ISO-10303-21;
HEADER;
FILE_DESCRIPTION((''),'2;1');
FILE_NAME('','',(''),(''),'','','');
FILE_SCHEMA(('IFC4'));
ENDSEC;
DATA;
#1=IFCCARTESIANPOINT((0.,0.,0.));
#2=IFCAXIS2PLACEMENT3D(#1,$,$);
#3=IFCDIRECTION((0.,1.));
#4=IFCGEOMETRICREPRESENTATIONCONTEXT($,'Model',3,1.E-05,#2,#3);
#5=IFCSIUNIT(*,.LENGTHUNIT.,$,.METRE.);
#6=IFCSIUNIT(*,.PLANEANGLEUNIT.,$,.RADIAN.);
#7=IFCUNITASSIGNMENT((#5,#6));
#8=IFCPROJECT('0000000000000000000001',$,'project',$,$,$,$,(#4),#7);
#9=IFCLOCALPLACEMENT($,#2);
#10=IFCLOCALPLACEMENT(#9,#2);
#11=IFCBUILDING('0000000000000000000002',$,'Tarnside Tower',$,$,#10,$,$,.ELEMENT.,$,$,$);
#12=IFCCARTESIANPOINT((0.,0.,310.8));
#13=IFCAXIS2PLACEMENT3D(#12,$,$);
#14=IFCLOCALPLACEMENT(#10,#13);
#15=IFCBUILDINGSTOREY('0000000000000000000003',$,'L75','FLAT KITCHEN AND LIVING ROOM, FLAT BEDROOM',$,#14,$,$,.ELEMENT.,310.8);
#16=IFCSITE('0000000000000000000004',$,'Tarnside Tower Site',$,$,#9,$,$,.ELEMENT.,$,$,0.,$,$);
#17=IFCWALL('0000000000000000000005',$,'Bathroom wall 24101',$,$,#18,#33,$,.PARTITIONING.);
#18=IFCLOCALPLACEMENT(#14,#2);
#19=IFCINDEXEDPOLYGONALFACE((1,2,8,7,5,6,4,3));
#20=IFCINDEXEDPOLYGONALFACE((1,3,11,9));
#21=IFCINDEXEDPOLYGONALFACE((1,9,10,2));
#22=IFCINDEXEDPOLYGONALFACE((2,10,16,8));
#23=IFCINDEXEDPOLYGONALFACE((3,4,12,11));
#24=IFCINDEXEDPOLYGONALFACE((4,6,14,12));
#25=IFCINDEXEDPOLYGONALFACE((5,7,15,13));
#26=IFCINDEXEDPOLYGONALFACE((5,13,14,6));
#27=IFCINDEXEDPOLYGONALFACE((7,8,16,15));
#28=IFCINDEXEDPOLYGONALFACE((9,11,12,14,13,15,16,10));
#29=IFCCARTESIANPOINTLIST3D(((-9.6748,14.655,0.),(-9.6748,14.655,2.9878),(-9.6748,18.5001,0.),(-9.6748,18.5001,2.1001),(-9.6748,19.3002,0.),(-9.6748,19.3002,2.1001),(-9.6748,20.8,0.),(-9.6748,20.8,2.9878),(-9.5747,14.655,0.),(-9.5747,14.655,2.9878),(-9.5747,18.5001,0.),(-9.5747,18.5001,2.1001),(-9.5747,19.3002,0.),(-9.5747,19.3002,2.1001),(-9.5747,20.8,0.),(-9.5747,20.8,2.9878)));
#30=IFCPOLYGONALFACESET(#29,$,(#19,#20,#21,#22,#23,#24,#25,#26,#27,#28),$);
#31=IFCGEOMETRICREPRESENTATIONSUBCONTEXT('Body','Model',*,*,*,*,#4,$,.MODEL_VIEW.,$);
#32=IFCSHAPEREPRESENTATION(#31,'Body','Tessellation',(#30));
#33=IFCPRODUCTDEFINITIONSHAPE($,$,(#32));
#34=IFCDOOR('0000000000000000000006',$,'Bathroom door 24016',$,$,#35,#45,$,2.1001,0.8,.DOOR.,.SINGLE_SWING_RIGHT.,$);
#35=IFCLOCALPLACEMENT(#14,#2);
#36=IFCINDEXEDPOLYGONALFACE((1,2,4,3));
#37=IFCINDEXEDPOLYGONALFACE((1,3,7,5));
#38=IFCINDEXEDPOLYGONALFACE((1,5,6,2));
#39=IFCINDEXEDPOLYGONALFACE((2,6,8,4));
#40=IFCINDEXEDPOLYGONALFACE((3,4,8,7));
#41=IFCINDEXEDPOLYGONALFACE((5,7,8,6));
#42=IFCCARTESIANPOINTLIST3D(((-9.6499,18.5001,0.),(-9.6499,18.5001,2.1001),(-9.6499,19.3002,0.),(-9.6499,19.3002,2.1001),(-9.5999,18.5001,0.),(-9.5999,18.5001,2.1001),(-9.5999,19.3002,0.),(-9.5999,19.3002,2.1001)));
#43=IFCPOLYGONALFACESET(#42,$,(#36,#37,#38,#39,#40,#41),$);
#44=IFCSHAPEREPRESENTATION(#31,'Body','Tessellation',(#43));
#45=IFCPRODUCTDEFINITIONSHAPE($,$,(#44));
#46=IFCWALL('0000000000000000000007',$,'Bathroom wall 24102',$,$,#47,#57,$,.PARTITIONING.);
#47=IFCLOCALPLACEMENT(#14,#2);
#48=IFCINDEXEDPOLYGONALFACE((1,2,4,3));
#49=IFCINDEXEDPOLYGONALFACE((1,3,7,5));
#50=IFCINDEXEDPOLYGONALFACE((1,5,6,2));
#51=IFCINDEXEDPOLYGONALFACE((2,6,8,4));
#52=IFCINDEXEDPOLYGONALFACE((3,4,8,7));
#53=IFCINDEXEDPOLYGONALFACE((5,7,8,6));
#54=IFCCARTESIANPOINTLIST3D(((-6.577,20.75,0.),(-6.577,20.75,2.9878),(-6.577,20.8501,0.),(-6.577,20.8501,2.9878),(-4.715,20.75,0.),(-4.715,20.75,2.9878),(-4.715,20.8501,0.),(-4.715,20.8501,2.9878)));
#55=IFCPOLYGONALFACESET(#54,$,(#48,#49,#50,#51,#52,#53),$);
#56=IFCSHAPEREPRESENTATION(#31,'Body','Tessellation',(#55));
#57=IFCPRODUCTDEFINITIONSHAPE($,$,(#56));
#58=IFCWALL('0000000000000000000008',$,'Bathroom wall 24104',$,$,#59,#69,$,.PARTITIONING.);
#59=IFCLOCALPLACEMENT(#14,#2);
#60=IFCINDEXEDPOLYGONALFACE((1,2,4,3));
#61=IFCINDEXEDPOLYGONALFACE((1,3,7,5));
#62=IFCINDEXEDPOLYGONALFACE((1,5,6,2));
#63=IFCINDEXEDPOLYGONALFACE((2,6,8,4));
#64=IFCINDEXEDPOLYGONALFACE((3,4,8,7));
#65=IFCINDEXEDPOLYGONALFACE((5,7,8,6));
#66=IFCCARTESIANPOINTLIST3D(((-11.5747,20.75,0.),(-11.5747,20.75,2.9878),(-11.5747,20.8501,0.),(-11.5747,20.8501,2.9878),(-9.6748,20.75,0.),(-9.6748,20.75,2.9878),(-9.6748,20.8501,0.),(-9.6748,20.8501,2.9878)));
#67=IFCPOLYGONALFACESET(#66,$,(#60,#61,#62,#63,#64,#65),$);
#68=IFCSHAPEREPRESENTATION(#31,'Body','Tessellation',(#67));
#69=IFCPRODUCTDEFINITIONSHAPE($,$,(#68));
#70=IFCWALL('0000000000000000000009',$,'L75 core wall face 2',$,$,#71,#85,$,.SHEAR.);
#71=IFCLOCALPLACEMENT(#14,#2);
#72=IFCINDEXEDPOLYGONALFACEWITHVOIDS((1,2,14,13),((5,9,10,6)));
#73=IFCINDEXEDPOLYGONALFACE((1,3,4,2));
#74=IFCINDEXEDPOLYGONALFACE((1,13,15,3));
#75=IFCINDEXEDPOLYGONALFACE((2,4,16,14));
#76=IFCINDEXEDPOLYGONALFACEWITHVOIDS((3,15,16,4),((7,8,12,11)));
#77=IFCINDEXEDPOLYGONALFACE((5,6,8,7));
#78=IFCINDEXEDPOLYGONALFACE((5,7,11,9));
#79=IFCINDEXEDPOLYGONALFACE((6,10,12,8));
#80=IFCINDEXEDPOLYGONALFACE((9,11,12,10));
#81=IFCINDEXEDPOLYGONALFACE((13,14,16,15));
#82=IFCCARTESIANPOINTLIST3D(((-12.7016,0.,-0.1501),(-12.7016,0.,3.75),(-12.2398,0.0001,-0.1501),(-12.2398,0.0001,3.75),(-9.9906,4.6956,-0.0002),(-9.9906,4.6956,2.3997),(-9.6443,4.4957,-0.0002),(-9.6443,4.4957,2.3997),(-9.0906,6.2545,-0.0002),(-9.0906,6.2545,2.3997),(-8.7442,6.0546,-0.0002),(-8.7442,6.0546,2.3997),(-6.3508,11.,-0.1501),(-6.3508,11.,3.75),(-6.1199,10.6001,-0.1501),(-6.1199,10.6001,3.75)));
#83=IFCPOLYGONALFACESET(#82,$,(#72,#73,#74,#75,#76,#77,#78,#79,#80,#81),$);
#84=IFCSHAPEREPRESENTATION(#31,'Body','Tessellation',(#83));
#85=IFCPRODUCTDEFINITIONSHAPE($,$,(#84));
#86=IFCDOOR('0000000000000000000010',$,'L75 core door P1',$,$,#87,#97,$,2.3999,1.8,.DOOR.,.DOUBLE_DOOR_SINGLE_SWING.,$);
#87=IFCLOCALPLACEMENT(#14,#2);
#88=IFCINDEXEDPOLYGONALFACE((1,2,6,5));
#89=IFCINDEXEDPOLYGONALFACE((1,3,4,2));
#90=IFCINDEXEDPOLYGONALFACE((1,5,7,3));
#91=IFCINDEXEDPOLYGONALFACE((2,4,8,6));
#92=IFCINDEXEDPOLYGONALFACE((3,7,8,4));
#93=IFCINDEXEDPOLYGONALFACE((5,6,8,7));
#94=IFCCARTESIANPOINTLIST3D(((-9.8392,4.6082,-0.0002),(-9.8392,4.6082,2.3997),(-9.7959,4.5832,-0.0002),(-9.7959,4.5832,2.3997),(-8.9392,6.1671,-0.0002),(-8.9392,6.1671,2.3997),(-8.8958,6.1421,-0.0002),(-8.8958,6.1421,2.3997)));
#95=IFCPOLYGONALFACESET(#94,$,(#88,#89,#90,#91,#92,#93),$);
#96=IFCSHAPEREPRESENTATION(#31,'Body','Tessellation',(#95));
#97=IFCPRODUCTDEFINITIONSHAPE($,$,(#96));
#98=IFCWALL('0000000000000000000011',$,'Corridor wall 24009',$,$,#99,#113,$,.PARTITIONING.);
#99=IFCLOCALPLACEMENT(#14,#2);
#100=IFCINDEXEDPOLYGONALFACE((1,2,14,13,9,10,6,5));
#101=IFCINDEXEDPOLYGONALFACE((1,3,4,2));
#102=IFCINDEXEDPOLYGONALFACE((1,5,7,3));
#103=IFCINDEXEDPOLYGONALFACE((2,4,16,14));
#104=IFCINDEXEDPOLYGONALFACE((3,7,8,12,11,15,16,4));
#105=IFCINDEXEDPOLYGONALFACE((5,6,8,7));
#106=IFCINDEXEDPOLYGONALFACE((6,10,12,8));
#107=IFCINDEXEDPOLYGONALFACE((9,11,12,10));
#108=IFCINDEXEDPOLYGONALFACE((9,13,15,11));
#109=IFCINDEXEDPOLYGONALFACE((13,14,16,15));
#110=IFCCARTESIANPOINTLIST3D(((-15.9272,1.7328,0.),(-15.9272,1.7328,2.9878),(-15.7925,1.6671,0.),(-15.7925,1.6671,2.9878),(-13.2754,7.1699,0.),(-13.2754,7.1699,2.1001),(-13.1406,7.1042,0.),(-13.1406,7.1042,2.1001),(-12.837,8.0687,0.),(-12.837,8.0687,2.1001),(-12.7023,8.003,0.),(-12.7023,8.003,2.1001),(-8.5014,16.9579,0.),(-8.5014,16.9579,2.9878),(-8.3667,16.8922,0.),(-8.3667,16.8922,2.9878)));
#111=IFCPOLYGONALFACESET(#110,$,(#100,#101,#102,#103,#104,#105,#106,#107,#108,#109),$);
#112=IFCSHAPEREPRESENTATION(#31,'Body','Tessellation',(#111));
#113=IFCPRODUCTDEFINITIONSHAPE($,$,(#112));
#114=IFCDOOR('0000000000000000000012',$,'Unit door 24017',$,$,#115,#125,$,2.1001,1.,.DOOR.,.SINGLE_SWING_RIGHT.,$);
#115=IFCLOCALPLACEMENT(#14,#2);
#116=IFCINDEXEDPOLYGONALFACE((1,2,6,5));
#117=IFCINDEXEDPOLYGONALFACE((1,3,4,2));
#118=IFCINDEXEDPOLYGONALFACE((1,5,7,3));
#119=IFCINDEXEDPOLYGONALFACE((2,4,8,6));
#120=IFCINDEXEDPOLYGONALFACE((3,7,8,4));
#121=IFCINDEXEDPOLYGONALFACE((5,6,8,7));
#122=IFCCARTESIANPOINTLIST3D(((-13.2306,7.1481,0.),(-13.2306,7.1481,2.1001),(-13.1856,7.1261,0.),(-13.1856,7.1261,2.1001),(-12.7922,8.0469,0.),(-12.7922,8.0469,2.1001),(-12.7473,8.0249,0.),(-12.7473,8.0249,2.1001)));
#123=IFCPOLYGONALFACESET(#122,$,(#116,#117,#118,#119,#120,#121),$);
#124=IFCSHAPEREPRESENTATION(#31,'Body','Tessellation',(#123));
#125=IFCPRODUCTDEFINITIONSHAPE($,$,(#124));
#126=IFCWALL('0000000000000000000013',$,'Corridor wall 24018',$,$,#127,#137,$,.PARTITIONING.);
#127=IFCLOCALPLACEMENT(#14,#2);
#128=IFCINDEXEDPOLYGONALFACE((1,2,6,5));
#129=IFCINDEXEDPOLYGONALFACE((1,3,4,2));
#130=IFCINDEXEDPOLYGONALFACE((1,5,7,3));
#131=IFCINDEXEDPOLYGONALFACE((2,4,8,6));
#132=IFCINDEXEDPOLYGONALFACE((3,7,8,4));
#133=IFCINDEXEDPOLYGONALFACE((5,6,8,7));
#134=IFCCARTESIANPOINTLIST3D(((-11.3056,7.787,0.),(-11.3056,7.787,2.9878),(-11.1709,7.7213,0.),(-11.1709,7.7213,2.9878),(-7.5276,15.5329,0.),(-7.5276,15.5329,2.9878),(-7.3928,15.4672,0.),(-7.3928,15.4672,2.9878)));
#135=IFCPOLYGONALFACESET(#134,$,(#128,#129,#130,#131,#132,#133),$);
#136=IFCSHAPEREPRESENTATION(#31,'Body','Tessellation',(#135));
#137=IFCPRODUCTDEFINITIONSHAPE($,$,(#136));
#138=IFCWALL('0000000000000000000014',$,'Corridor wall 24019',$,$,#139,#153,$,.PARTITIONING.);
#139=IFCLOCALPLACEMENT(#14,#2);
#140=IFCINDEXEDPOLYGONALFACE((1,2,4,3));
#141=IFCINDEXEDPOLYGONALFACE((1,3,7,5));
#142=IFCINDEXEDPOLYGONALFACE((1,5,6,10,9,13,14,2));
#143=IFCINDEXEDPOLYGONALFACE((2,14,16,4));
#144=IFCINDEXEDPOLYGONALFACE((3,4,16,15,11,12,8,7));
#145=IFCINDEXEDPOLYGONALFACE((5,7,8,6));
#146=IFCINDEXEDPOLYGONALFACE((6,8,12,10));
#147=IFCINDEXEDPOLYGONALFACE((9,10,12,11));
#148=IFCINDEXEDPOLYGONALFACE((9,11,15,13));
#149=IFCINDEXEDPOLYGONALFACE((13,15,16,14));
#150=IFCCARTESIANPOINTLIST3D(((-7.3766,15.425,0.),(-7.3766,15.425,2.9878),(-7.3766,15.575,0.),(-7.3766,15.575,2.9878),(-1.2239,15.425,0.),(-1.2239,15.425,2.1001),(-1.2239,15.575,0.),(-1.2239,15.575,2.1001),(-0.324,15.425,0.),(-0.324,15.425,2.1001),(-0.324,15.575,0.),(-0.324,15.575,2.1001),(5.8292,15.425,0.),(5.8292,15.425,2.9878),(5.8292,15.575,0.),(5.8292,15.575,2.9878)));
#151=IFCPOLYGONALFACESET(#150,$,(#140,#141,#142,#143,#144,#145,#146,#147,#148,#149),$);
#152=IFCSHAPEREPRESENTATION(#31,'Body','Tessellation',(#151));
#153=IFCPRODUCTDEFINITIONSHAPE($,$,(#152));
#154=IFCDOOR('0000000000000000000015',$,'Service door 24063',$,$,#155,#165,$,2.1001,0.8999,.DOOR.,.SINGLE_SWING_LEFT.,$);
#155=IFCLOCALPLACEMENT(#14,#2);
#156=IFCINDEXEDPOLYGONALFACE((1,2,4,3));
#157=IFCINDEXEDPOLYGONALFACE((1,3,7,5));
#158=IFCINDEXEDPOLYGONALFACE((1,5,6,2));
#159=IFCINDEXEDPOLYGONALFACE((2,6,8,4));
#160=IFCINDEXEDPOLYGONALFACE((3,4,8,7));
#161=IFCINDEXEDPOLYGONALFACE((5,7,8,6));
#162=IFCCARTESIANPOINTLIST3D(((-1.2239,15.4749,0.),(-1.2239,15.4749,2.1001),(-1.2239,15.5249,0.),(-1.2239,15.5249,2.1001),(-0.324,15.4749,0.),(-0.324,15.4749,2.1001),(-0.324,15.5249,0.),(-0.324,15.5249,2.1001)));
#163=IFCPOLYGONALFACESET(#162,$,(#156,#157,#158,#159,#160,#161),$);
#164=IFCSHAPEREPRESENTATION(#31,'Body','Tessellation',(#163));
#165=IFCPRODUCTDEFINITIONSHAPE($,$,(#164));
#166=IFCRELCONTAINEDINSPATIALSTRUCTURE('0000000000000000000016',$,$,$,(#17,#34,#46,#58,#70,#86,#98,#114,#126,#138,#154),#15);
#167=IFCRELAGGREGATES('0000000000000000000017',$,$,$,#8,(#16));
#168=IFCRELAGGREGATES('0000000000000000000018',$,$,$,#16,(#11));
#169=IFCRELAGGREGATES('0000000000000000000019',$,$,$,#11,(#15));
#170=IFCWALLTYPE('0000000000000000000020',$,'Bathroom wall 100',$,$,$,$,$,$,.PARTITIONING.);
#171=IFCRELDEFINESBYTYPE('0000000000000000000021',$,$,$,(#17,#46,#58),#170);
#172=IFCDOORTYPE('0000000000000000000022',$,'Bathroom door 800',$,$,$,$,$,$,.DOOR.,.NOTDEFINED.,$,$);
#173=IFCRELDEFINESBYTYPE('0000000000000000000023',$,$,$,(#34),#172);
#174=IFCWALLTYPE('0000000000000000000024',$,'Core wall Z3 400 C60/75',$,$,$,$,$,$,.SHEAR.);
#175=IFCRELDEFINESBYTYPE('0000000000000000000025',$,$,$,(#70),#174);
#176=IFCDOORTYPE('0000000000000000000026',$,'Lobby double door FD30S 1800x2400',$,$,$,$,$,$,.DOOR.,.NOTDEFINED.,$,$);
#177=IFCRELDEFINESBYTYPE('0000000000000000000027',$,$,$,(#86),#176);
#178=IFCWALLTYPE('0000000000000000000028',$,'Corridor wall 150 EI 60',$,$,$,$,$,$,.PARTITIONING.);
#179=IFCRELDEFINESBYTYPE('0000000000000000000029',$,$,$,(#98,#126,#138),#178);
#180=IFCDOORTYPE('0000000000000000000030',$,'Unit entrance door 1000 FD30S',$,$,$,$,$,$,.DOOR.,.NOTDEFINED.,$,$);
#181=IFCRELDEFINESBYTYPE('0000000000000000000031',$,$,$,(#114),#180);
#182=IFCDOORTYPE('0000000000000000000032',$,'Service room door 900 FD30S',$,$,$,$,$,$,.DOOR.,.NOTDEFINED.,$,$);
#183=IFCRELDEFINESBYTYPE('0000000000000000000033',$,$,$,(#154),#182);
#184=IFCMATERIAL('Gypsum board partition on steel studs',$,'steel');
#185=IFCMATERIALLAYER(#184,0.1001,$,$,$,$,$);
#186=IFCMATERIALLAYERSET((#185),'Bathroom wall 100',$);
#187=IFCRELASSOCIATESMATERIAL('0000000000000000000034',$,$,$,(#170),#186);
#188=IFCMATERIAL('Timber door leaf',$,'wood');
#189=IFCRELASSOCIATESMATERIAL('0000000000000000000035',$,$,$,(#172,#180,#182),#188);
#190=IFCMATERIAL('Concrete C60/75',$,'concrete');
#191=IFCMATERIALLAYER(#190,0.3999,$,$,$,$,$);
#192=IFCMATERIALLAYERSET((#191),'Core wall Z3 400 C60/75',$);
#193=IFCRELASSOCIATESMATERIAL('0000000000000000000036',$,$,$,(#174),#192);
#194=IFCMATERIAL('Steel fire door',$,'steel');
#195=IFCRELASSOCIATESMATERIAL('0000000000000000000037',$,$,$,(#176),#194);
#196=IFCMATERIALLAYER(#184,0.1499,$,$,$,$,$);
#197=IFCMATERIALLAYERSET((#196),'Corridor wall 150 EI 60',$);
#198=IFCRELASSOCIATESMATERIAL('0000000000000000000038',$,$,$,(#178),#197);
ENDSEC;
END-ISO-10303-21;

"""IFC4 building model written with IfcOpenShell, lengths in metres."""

from ifc_helpers import new_model, si_unit, direction, frame, frame_2d, origin, place, context, subcontext, project, spatial, polyline, rectangle, outline, extrude, material, layer, layer_set, type_object, element, fill, save


model = new_model("IFC4")

# Units and contexts
model_context = context("Model", 3, precision=1e-05, world=origin(), true_north=direction((0.0, 1.0)))
body_context = subcontext(model_context, "Body", "Model", "MODEL_VIEW")
ifc_project = project(units=[si_unit("LENGTHUNIT", "METRE"), si_unit("PLANEANGLEUNIT", "RADIAN")], contexts=[model_context])

# Site, building, storey
site_placement = place(None, origin())
site = spatial("IfcSite", under=ifc_project, at=site_placement, Name="Tarnside Tower Site", CompositionType="ELEMENT", RefElevation=0.0)
building_placement = place(site_placement, origin())
building = spatial("IfcBuilding", under=site, at=building_placement, Name="Tarnside Tower", CompositionType="ELEMENT")
storey_placement = place(building_placement, frame((0.0, 0.0, 310.8)))
storey = spatial("IfcBuildingStorey", under=building, at=storey_placement, Name="L75", Description="FLAT KITCHEN AND LIVING ROOM, FLAT BEDROOM", CompositionType="ELEMENT", Elevation=310.8)

# Shared definitions
ifc_material_1 = material(Name="Gypsum board partition on steel studs", Category="steel")
ifc_layer_1 = layer(ifc_material_1, 0.1001)
ifc_layer_set_1 = layer_set([ifc_layer_1], Name="Bathroom wall 100")
wall_type_1 = type_object("IfcWallType", Name="Bathroom wall 100", PredefinedType="PARTITIONING", material=ifc_layer_set_1)

# Wall, opening, door
ifc_material_2 = material(Name="Timber door leaf", Category="wood")
door_type_1 = type_object("IfcDoorType", Name="Bathroom door 800", OperationType="NOTDEFINED", PredefinedType="DOOR", material=ifc_material_2)
wall_1_placement = place(storey_placement, frame((-9.6248, 20.8, 0.0), z_axis=(0.0, 0.0, 1.0), x_axis=(0.0, -1.0, 0.0)))
wall_1 = element("IfcWall", 1, at=wall_1_placement, inside=storey, type_object=wall_type_1, Name="Bathroom wall 24101", PredefinedType="PARTITIONING", context=body_context, shape_type="SweptSolid", body=[
    extrude(rectangle(XDim=6.145, YDim=0.1001, at=frame_2d((3.0725, 0.0))), origin(), (0.0, 0.0, 1.0), 2.9878),
])
opening_1_placement = place(wall_1_placement, frame((1.5, 0.0, 0.0)))
opening_1 = element("IfcOpeningElement", 2, at=opening_1_placement, cuts=wall_1, PredefinedType="OPENING", context=body_context, shape_type="SweptSolid", body=[
    extrude(rectangle(XDim=0.8, YDim=2.1001, at=frame_2d((0.3999, 1.05))), frame((0.0, 0.0601, 0.0), z_axis=(0.0, -1.0, 0.0), x_axis=(1.0, 0.0, 0.0)), (0.0, 0.0, 1.0), 0.1201),
])
door_1_placement = place(opening_1_placement, origin())
door_1 = element("IfcDoor", 3, at=door_1_placement, inside=storey, type_object=door_type_1, Name="Bathroom door 24016", OperationType="SINGLE_SWING_RIGHT", OverallHeight=2.1001, OverallWidth=0.8, PredefinedType="DOOR", context=body_context, shape_type="SweptSolid", body=[
    extrude(rectangle(XDim=0.8, YDim=2.1001, at=frame_2d((0.3999, 1.05))), frame((0.0, 0.0249, 0.0), z_axis=(0.0, -1.0, 0.0), x_axis=(1.0, 0.0, 0.0)), (0.0, 0.0, 1.0), 0.05),
])
fill(opening_1, door_1)

# Walls
wall_2_placement = place(storey_placement, frame((-4.7148, 20.8, 0.0), z_axis=(0.0, 0.0, 1.0), x_axis=(-1.0, 0.0, 0.0)))
element("IfcWall", 4, at=wall_2_placement, inside=storey, type_object=wall_type_1, Name="Bathroom wall 24102", PredefinedType="PARTITIONING", context=body_context, shape_type="SweptSolid", body=[
    extrude(rectangle(XDim=1.8621, YDim=0.1001, at=frame_2d((0.9312, 0.0))), origin(), (0.0, 0.0, 1.0), 2.9878),
])
wall_3_placement = place(storey_placement, frame((-11.5747, 20.8, 0.0), z_axis=(0.0, 0.0, 1.0), x_axis=(1.0, 0.0, 0.0)))
element("IfcWall", 5, at=wall_3_placement, inside=storey, type_object=wall_type_1, Name="Bathroom wall 24104", PredefinedType="PARTITIONING", context=body_context, shape_type="SweptSolid", body=[
    extrude(rectangle(XDim=1.8999, YDim=0.1001, at=frame_2d((0.95, 0.0))), origin(), (0.0, 0.0, 1.0), 2.9878),
])

# Walls, openings, doors
ifc_material_3 = material(Name="Concrete C60/75", Category="concrete")
ifc_layer_2 = layer(ifc_material_3, 0.3999)
ifc_layer_set_2 = layer_set([ifc_layer_2], Name="Core wall Z3 400 C60/75")
wall_type_2 = type_object("IfcWallType", Name="Core wall Z3 400 C60/75", PredefinedType="SHEAR", material=ifc_layer_set_2)
wall_4_placement = place(storey_placement, frame((-6.2354, 10.8, -0.1501), z_axis=(0.0, 0.0, 1.0), x_axis=(-0.499996, -0.866027, 0.0)))
wall_4 = element("IfcWall", 6, at=wall_4_placement, inside=storey, type_object=wall_type_2, Name="L75 core wall face 2", PredefinedType="SHEAR", context=body_context, shape_type="SweptSolid", body=[
    extrude(outline(polyline([(-0.1155, -0.2), (12.5862, -0.2), (12.3552, 0.2), (0.1155, 0.2), (-0.1155, -0.2)])), origin(), (0.0, 0.0, 1.0), 3.9001),
])
opening_2_placement = place(wall_4_placement, frame((5.3643, 0.0, 0.1499)))
opening_2 = element("IfcOpeningElement", 7, at=opening_2_placement, cuts=wall_4, PredefinedType="OPENING", context=body_context, shape_type="SweptSolid", body=[
    extrude(rectangle(XDim=1.8, YDim=2.3999, at=frame_2d((0.8999, 1.2))), frame((0.0, 0.21, 0.0), z_axis=(0.0, -1.0, 0.0), x_axis=(1.0, 0.0, 0.0)), (0.0, 0.0, 1.0), 0.4199),
])
ifc_material_4 = material(Name="Steel fire door", Category="steel")
door_type_2 = type_object("IfcDoorType", Name="Lobby double door FD30S 1800x2400", OperationType="NOTDEFINED", PredefinedType="DOOR", material=ifc_material_4)
door_2_placement = place(opening_2_placement, origin())
door_2 = element("IfcDoor", 8, at=door_2_placement, inside=storey, type_object=door_type_2, Name="L75 core door P1", OperationType="DOUBLE_DOOR_SINGLE_SWING", OverallHeight=2.3999, OverallWidth=1.8, PredefinedType="DOOR", context=body_context, shape_type="SweptSolid", body=[
    extrude(rectangle(XDim=1.8, YDim=2.3999, at=frame_2d((0.8999, 1.2))), frame((0.0, 0.0249, 0.0), z_axis=(0.0, -1.0, 0.0), x_axis=(1.0, 0.0, 0.0)), (0.0, 0.0, 1.0), 0.05),
])
fill(opening_2, door_2)
ifc_layer_3 = layer(ifc_material_1, 0.1499)
ifc_layer_set_3 = layer_set([ifc_layer_3], Name="Corridor wall 150 EI 60")
wall_type_3 = type_object("IfcWallType", Name="Corridor wall 150 EI 60", PredefinedType="PARTITIONING", material=ifc_layer_set_3)
wall_5_placement = place(storey_placement, frame((-8.4341, 16.925, 0.0), z_axis=(0.0, 0.0, 1.0), x_axis=(-0.438371, -0.898794, 0.0)))
wall_5 = element("IfcWall", 9, at=wall_5_placement, inside=storey, type_object=wall_type_3, Name="Corridor wall 24009", PredefinedType="PARTITIONING", context=body_context, shape_type="SweptSolid", body=[
    extrude(rectangle(XDim=16.9395, YDim=0.1499, at=frame_2d((8.4697, 0.0))), origin(), (0.0, 0.0, 1.0), 2.9878),
])
opening_3_placement = place(wall_5_placement, frame((9.8901, 0.0, 0.0)))
opening_3 = element("IfcOpeningElement", 10, at=opening_3_placement, cuts=wall_5, PredefinedType="OPENING", context=body_context, shape_type="SweptSolid", body=[
    extrude(rectangle(XDim=1.0, YDim=2.1001, at=frame_2d((0.5, 1.05))), frame((0.0, 0.085, 0.0), z_axis=(0.0, -1.0, 0.0), x_axis=(1.0, 0.0, 0.0)), (0.0, 0.0, 1.0), 0.1699),
])
door_type_3 = type_object("IfcDoorType", Name="Unit entrance door 1000 FD30S", OperationType="NOTDEFINED", PredefinedType="DOOR", material=ifc_material_2)
door_3_placement = place(opening_3_placement, origin())
door_3 = element("IfcDoor", 11, at=door_3_placement, inside=storey, type_object=door_type_3, Name="Unit door 24017", OperationType="SINGLE_SWING_RIGHT", OverallHeight=2.1001, OverallWidth=1.0, PredefinedType="DOOR", context=body_context, shape_type="SweptSolid", body=[
    extrude(rectangle(XDim=1.0, YDim=2.1001, at=frame_2d((0.5, 1.05))), frame((0.0, 0.0249, 0.0), z_axis=(0.0, -1.0, 0.0), x_axis=(1.0, 0.0, 0.0)), (0.0, 0.0, 1.0), 0.05),
])
fill(opening_3, door_3)

# Wall
wall_6_placement = place(storey_placement, frame((-11.2383, 7.7542, 0.0), z_axis=(0.0, 0.0, 1.0), x_axis=(0.438387, 0.898786, 0.0)))
element("IfcWall", 12, at=wall_6_placement, inside=storey, type_object=wall_type_3, Name="Corridor wall 24018", PredefinedType="PARTITIONING", context=body_context, shape_type="SweptSolid", body=[
    extrude(rectangle(XDim=8.6182, YDim=0.1499, at=frame_2d((4.3091, 0.0))), origin(), (0.0, 0.0, 1.0), 2.9878),
])

# Wall, opening, door
wall_7_placement = place(storey_placement, frame((-7.3767, 15.5, 0.0), z_axis=(0.0, 0.0, 1.0), x_axis=(1.0, 0.0, 0.0)))
wall_7 = element("IfcWall", 13, at=wall_7_placement, inside=storey, type_object=wall_type_3, Name="Corridor wall 24019", PredefinedType="PARTITIONING", context=body_context, shape_type="SweptSolid", body=[
    extrude(rectangle(XDim=13.2058, YDim=0.1499, at=frame_2d((6.603, 0.0))), origin(), (0.0, 0.0, 1.0), 2.9878),
])
opening_4_placement = place(wall_7_placement, frame((6.1528, 0.0, 0.0)))
opening_4 = element("IfcOpeningElement", 14, at=opening_4_placement, cuts=wall_7, PredefinedType="OPENING", context=body_context, shape_type="SweptSolid", body=[
    extrude(rectangle(XDim=0.8999, YDim=2.1001, at=frame_2d((0.45, 1.05))), frame((0.0, 0.085, 0.0), z_axis=(0.0, -1.0, 0.0), x_axis=(1.0, 0.0, 0.0)), (0.0, 0.0, 1.0), 0.1699),
])
door_type_4 = type_object("IfcDoorType", Name="Service room door 900 FD30S", OperationType="NOTDEFINED", PredefinedType="DOOR", material=ifc_material_2)
door_4_placement = place(opening_4_placement, origin())
door_4 = element("IfcDoor", 15, at=door_4_placement, inside=storey, type_object=door_type_4, Name="Service door 24063", OperationType="SINGLE_SWING_LEFT", OverallHeight=2.1001, OverallWidth=0.8999, PredefinedType="DOOR", context=body_context, shape_type="SweptSolid", body=[
    extrude(rectangle(XDim=0.8999, YDim=2.1001, at=frame_2d((0.45, 1.05))), frame((0.0, 0.0249, 0.0), z_axis=(0.0, -1.0, 0.0), x_axis=(1.0, 0.0, 0.0)), (0.0, 0.0, 1.0), 0.05),
])
fill(opening_4, door_4)

save(model, "model.ifc")
